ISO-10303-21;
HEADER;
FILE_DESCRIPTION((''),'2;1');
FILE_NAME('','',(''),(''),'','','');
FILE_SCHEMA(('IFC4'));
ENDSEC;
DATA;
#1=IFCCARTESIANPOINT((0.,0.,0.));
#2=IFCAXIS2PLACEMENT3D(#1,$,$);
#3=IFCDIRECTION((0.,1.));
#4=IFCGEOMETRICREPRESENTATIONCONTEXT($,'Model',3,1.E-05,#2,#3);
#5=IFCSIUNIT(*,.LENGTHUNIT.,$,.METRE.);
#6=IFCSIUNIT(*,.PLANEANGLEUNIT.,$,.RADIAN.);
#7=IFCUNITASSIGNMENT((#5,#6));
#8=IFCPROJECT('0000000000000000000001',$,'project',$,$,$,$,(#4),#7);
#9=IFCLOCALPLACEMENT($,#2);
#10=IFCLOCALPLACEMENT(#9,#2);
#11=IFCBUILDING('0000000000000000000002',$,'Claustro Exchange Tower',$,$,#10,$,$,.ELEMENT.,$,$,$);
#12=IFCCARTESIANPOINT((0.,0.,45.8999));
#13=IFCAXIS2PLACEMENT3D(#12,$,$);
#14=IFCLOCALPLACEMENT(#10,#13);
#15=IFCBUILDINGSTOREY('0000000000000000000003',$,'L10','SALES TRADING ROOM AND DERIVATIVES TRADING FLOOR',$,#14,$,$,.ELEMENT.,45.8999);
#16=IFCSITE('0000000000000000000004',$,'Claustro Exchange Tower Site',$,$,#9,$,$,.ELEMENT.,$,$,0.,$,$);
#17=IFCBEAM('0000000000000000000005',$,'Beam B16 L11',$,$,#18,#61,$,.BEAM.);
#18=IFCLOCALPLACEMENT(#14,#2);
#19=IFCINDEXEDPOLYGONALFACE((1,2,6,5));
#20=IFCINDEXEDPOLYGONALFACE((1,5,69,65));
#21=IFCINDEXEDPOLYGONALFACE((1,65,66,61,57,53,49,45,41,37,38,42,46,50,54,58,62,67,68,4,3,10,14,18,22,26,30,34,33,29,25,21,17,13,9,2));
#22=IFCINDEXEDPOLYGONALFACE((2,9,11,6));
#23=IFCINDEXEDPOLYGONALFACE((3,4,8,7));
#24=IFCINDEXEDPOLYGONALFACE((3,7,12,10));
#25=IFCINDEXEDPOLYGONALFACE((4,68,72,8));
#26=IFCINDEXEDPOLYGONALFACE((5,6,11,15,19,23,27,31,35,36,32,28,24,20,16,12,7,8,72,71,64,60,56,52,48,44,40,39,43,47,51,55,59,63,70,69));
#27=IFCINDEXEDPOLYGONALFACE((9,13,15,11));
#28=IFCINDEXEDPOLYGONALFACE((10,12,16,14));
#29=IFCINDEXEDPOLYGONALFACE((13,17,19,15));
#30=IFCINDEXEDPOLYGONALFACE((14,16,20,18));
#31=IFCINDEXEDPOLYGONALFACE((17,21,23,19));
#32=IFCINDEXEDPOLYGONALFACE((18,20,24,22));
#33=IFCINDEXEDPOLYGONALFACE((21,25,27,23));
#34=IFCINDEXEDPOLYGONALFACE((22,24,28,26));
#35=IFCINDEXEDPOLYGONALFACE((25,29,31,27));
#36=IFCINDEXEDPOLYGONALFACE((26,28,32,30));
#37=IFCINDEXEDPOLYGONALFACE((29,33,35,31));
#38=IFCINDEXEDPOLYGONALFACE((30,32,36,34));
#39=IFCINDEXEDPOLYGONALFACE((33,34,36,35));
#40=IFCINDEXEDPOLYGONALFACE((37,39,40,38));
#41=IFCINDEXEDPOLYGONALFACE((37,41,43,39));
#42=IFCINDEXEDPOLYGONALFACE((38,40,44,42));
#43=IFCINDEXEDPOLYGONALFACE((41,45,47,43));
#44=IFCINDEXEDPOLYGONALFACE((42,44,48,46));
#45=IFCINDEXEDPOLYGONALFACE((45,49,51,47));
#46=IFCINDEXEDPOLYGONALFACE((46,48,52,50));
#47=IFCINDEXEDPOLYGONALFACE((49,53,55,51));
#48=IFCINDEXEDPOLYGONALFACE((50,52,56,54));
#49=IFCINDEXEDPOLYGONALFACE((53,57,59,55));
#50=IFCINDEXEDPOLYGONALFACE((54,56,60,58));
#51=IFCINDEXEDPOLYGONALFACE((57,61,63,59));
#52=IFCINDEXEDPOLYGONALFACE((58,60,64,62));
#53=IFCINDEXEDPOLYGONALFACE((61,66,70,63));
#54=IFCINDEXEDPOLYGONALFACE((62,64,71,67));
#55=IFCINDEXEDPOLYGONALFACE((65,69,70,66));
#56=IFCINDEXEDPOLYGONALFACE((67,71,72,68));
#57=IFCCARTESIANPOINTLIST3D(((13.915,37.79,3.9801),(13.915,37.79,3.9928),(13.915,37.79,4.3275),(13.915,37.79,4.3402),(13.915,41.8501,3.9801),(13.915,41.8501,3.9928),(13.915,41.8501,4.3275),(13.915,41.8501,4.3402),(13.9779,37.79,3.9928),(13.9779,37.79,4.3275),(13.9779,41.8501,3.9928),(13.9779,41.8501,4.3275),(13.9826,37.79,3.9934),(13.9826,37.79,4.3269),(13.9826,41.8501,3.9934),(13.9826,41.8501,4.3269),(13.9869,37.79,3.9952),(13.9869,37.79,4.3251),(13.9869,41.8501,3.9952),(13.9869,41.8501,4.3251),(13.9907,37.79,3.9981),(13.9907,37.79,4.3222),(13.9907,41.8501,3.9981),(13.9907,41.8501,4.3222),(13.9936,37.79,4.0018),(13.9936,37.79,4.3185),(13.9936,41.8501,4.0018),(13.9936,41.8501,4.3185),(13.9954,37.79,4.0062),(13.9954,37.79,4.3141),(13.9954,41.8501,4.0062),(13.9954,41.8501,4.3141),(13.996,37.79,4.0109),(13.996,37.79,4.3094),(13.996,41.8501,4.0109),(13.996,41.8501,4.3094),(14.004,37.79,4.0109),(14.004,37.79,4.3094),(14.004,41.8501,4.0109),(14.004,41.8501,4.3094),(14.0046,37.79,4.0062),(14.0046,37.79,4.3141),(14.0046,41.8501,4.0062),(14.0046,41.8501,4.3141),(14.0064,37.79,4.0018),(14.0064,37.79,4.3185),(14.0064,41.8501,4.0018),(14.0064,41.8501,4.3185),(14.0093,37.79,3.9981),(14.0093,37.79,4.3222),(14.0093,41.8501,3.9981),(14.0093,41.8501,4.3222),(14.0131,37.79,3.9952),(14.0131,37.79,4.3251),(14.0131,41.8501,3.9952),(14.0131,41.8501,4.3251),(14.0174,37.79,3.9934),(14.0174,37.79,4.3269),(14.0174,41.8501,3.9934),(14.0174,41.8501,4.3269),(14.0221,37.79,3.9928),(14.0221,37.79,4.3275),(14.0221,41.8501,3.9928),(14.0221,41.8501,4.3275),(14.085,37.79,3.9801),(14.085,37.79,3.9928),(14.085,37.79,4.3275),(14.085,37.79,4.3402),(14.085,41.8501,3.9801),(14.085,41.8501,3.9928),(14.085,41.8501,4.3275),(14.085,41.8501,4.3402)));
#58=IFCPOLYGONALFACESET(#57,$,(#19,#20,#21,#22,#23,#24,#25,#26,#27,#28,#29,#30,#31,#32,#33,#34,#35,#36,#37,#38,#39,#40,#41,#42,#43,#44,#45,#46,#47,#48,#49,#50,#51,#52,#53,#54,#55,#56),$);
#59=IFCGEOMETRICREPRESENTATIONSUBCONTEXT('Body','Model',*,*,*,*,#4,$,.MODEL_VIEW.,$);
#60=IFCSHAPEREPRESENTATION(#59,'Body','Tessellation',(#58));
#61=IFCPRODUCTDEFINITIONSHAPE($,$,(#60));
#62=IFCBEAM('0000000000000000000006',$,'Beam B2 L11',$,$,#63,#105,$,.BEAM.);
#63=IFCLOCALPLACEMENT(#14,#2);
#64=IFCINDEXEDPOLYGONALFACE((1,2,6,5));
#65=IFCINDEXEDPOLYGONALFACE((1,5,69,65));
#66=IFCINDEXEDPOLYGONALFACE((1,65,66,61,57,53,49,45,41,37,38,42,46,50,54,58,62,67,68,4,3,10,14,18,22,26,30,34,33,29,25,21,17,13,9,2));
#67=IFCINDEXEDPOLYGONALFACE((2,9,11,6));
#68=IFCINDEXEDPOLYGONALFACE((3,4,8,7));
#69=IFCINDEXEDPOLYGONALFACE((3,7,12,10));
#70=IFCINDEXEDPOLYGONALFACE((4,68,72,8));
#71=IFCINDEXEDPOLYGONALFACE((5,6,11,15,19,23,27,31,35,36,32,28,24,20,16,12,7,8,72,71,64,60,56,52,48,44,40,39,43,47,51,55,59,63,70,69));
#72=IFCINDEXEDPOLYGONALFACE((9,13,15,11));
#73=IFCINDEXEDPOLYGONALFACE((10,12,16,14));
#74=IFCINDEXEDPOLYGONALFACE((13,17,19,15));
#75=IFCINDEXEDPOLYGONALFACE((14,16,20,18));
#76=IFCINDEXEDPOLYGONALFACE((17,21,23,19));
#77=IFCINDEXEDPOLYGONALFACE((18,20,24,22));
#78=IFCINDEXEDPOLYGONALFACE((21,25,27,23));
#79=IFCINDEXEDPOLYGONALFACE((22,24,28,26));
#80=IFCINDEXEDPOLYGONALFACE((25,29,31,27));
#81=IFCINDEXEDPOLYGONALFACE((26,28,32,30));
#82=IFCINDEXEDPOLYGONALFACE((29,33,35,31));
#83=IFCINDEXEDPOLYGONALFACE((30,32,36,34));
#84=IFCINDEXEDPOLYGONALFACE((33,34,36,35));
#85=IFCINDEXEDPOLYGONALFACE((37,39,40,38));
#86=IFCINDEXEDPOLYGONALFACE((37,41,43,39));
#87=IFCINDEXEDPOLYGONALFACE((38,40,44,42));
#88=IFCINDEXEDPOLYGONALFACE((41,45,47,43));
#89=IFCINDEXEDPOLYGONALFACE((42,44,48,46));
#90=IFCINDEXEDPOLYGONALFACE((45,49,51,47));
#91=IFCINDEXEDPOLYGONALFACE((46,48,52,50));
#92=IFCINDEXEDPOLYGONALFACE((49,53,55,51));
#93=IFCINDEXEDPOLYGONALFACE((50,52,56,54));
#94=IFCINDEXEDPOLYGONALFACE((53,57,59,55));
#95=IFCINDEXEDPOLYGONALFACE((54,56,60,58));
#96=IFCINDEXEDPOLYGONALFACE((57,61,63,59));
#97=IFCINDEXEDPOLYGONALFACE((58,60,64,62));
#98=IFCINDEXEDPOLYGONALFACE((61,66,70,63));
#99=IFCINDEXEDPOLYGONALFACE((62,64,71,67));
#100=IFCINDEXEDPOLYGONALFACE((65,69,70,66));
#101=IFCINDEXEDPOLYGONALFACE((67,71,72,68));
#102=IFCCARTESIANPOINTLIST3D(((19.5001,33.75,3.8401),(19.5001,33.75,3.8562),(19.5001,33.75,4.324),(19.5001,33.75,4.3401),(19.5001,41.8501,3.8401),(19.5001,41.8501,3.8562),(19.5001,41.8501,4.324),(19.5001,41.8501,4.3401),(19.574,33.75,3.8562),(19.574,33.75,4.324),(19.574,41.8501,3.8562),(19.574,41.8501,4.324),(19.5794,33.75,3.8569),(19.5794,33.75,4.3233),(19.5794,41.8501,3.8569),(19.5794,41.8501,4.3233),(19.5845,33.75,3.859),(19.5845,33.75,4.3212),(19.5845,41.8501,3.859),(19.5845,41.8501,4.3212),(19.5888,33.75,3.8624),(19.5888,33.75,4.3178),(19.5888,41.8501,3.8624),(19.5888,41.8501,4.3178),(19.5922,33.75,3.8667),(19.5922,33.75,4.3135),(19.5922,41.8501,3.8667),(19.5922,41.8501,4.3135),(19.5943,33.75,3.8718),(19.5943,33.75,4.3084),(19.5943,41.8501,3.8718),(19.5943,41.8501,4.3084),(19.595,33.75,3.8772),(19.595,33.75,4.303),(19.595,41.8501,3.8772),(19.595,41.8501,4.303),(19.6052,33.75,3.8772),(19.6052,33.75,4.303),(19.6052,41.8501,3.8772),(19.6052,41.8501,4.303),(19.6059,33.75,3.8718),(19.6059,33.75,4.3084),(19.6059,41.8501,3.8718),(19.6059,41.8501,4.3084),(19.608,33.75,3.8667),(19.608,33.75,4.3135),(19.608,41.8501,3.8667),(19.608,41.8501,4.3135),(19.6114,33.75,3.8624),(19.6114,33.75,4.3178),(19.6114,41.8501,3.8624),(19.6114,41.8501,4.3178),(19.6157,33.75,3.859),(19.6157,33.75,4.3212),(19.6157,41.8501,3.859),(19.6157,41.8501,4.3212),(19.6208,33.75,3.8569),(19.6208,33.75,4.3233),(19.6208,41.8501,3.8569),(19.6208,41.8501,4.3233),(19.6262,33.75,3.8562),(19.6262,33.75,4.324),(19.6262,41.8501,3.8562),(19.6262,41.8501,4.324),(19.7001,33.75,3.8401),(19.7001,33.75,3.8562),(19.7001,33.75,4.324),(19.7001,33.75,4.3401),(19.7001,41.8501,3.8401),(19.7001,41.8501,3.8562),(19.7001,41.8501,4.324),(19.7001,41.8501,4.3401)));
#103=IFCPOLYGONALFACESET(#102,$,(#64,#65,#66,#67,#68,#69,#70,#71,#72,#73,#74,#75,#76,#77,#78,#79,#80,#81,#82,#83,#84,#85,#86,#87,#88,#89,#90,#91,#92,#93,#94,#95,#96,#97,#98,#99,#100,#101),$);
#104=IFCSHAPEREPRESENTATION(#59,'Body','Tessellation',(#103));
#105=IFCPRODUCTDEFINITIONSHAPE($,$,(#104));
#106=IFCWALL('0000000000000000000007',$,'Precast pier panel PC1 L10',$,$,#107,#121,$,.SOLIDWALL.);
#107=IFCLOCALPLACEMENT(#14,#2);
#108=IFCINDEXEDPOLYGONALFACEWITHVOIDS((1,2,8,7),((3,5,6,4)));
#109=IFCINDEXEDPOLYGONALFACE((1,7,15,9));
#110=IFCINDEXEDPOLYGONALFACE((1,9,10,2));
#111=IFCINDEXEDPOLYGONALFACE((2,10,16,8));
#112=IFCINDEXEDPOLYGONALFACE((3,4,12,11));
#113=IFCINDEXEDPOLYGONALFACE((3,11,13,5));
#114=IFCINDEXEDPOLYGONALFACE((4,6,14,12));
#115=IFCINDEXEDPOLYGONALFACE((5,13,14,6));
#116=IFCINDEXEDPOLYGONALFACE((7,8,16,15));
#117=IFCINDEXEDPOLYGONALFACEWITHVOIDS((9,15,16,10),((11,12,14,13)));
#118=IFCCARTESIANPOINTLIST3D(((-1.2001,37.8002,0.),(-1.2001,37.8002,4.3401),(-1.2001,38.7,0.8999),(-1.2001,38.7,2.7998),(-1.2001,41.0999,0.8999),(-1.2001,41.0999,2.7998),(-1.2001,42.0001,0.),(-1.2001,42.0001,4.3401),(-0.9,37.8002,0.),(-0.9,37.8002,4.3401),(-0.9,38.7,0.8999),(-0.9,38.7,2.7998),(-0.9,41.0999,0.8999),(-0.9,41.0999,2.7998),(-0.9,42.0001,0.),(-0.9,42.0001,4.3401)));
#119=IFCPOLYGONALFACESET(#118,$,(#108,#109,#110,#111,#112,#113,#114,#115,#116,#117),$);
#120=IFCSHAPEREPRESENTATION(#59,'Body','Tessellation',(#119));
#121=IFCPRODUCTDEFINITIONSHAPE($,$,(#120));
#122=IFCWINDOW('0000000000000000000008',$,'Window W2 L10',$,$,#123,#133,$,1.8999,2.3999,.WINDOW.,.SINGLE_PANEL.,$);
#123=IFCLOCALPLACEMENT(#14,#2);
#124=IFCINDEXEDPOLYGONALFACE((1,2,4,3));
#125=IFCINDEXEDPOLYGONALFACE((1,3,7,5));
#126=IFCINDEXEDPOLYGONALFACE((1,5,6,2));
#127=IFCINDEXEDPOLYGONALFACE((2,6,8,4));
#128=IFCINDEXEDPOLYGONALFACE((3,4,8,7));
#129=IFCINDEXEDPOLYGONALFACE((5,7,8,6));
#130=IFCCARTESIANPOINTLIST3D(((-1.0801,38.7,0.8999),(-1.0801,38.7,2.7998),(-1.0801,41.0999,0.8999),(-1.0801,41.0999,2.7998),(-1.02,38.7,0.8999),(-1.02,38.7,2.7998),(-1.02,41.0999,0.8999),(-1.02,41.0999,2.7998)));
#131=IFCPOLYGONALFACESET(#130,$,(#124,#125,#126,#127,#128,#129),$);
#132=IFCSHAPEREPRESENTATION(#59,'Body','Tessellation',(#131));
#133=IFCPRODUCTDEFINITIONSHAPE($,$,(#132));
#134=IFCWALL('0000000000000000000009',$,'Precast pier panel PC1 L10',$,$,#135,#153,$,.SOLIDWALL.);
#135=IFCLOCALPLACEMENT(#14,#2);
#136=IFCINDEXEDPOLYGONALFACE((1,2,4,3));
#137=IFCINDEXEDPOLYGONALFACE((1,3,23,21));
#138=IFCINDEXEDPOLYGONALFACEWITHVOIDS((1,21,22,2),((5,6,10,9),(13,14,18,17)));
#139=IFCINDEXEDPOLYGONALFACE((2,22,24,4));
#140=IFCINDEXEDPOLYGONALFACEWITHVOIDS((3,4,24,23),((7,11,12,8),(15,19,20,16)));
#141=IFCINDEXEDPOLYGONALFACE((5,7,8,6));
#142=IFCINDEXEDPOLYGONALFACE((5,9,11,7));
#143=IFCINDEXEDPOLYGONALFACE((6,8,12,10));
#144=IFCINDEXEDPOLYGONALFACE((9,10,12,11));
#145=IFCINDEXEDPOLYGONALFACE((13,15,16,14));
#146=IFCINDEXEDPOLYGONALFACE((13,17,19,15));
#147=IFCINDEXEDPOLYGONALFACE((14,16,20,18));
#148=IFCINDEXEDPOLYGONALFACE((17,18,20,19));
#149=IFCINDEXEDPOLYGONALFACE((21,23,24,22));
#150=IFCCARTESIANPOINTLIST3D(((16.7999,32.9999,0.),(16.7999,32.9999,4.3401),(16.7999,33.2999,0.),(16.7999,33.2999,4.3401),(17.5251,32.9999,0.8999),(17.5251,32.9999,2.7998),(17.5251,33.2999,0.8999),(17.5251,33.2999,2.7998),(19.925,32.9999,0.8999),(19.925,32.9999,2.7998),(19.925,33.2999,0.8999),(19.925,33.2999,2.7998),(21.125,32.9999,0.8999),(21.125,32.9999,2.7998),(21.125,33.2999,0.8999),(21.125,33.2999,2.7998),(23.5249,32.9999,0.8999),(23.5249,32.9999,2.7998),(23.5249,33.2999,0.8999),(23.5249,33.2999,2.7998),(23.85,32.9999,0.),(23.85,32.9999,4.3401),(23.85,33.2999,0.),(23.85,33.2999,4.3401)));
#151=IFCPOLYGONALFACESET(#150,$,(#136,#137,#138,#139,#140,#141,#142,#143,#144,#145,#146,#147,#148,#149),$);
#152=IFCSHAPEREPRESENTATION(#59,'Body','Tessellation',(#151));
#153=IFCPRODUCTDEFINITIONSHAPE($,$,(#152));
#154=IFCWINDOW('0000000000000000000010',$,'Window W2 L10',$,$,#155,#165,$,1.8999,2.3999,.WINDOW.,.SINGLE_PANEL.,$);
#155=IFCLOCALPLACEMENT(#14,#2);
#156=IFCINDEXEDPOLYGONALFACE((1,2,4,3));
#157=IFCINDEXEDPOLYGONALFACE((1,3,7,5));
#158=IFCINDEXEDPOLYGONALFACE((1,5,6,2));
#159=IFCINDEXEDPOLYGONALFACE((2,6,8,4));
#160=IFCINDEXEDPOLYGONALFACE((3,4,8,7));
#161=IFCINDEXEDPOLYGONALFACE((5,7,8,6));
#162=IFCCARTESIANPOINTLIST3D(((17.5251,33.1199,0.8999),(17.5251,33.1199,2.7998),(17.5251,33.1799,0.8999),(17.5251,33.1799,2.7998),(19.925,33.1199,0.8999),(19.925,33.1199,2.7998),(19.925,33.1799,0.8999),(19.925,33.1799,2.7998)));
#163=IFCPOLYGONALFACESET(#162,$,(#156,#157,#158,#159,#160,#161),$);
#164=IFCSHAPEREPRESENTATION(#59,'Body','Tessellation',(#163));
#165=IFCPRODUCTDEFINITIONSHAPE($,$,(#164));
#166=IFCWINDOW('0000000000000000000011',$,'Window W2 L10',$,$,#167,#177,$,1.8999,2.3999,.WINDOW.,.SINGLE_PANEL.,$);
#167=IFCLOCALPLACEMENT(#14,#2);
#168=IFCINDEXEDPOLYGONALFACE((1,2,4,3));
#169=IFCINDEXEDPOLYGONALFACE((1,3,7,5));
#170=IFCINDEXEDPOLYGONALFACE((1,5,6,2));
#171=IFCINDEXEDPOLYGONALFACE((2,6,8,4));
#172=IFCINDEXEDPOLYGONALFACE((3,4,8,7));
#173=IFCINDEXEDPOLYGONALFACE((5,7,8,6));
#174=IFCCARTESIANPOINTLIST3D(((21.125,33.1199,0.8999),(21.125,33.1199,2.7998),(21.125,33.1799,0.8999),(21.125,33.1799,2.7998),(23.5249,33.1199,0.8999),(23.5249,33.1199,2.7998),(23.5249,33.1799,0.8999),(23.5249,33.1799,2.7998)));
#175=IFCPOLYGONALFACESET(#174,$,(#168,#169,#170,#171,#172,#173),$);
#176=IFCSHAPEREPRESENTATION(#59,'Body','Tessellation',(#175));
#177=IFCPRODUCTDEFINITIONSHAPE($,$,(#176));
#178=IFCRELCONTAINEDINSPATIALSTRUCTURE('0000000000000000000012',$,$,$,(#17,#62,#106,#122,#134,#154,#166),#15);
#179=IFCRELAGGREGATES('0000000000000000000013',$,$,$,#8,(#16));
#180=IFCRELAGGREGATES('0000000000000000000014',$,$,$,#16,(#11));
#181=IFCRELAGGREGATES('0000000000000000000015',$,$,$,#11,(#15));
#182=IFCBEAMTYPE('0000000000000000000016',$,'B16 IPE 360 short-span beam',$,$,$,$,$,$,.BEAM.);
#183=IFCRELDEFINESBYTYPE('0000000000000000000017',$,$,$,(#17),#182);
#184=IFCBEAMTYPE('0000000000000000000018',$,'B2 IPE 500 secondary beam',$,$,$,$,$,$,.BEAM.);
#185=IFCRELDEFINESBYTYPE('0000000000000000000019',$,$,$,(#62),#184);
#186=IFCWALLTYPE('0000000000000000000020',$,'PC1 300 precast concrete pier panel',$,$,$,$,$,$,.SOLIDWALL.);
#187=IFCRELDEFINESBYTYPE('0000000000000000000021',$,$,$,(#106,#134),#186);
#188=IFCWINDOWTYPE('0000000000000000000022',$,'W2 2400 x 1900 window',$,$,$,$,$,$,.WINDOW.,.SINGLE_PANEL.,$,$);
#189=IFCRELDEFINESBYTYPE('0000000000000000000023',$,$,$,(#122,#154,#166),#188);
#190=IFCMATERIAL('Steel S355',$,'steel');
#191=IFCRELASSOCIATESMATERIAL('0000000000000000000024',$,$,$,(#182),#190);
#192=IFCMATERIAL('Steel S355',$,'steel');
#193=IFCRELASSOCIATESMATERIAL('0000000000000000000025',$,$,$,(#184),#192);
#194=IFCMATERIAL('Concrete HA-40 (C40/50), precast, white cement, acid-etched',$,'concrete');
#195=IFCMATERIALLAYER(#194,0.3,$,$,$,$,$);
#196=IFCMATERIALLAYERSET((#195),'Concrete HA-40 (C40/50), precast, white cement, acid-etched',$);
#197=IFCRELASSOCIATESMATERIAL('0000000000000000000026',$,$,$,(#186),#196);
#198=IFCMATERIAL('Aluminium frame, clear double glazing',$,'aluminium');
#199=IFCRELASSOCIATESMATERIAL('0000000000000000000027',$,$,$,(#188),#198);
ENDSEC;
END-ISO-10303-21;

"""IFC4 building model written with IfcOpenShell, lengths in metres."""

from ifc_helpers import new_model, si_unit, direction, frame, frame_2d, origin, origin_2d, place, context, subcontext, project, spatial, rectangle, i_section, extrude, material, layer, layer_set, material_profile, profile_set, type_object, element, fill, save


model = new_model("IFC4")

# Units and contexts
model_context = context("Model", 3, precision=1e-05, world=origin(), true_north=direction((0.0, 1.0)))
body_context = subcontext(model_context, "Body", "Model", "MODEL_VIEW")
ifc_project = project(units=[si_unit("LENGTHUNIT", "METRE"), si_unit("PLANEANGLEUNIT", "RADIAN")], contexts=[model_context])

# Site, building, storey
site_placement = place(None, origin())
site = spatial("IfcSite", under=ifc_project, at=site_placement, Name="Claustro Exchange Tower Site", CompositionType="ELEMENT", RefElevation=0.0)
building_placement = place(site_placement, origin())
building = spatial("IfcBuilding", under=site, at=building_placement, Name="Claustro Exchange Tower", CompositionType="ELEMENT")
storey_placement = place(building_placement, frame((0.0, 0.0, 45.8999)))
storey = spatial("IfcBuildingStorey", under=building, at=storey_placement, Name="L10", Description="SALES TRADING ROOM AND DERIVATIVES TRADING FLOOR", CompositionType="ELEMENT", Elevation=45.8999)

# Beams
ifc_material_1 = material(Name="Steel S355", Category="steel")
ifc_material_profile_1 = material_profile(ifc_material_1, i_section(OverallWidth=0.1699, OverallDepth=0.3601, WebThickness=0.0081, FlangeThickness=0.0127, FilletRadius=0.0181, at=origin_2d()), Name="IPE 360")
ifc_profile_set_1 = profile_set([ifc_material_profile_1], Name="Steel S355")
beam_type_1 = type_object("IfcBeamType", Name="B16 IPE 360 short-span beam", PredefinedType="BEAM", material=ifc_profile_set_1)
for number, where, z_axis, x_axis, name in (
    (1, (14.0, 37.79, 4.1602), (0.0, 1.0, 0.0), (-1.0, 0.0, 0.0), "Beam B16 L11"),
):
    element("IfcBeam", number, at=place(storey_placement, frame(where, z_axis=z_axis, x_axis=x_axis)), inside=storey, type_object=beam_type_1, Name=name, PredefinedType="BEAM", context=body_context, shape_type="SweptSolid", body=[
        extrude(i_section(OverallWidth=0.1699, OverallDepth=0.3601, WebThickness=0.0081, FlangeThickness=0.0127, FilletRadius=0.0181, at=origin_2d()), origin(), (0.0, 0.0, 1.0), 4.0601),
    ])
ifc_material_2 = material(Name="Steel S355", Category="steel")
ifc_material_profile_2 = material_profile(ifc_material_2, i_section(OverallWidth=0.2, OverallDepth=0.5, WebThickness=0.0103, FlangeThickness=0.0161, FilletRadius=0.021, at=origin_2d()), Name="IPE 500")
ifc_profile_set_2 = profile_set([ifc_material_profile_2], Name="Steel S355")
beam_type_2 = type_object("IfcBeamType", Name="B2 IPE 500 secondary beam", PredefinedType="BEAM", material=ifc_profile_set_2)
beam_1_placement = place(storey_placement, frame((19.6001, 33.75, 4.0901), z_axis=(0.0, 1.0, 0.0), x_axis=(-1.0, 0.0, 0.0)))
element("IfcBeam", 2, at=beam_1_placement, inside=storey, type_object=beam_type_2, Name="Beam B2 L11", PredefinedType="BEAM", context=body_context, shape_type="SweptSolid", body=[
    extrude(i_section(OverallWidth=0.2, OverallDepth=0.5, WebThickness=0.0103, FlangeThickness=0.0161, FilletRadius=0.021, at=origin_2d()), origin(), (0.0, 0.0, 1.0), 8.1001),
])

# Wall, opening, window
ifc_material_3 = material(Name="Concrete HA-40 (C40/50), precast, white cement, acid-etched", Category="concrete")
ifc_layer_1 = layer(ifc_material_3, 0.3)
ifc_layer_set_1 = layer_set([ifc_layer_1], Name="Concrete HA-40 (C40/50), precast, white cement, acid-etched")
wall_type_1 = type_object("IfcWallType", Name="PC1 300 precast concrete pier panel", PredefinedType="SOLIDWALL", material=ifc_layer_set_1)
wall_1_placement = place(storey_placement, frame((-1.05, 37.8, 0.0), z_axis=(0.0, 0.0, 1.0), x_axis=(0.0, 1.0, 0.0)))
wall_1 = element("IfcWall", 3, at=wall_1_placement, inside=storey, type_object=wall_type_1, Name="Precast pier panel PC1 L10", PredefinedType="SOLIDWALL", context=body_context, shape_type="SweptSolid", body=[
    extrude(rectangle(XDim=4.2, YDim=0.3, at=frame_2d((2.1001, 0.0))), origin(), (0.0, 0.0, 1.0), 4.3401),
])
opening_1_placement = place(wall_1_placement, frame((0.8999, 0.0, 0.8999)))
opening_1 = element("IfcOpeningElement", 4, at=opening_1_placement, cuts=wall_1, PredefinedType="OPENING", context=body_context, shape_type="SweptSolid", body=[
    extrude(rectangle(XDim=2.3999, YDim=1.8999, at=frame_2d((1.2, 0.95))), frame((0.0, 0.1599, 0.0), z_axis=(0.0, -1.0, 0.0), x_axis=(1.0, 0.0, 0.0)), (0.0, 0.0, 1.0), 0.3201),
])
ifc_material_4 = material(Name="Aluminium frame, clear double glazing", Category="aluminium")
window_type = type_object("IfcWindowType", Name="W2 2400 x 1900 window", PartitioningType="SINGLE_PANEL", PredefinedType="WINDOW", material=ifc_material_4)
window_1_placement = place(opening_1_placement, origin())
window_1 = element("IfcWindow", 5, at=window_1_placement, inside=storey, type_object=window_type, Name="Window W2 L10", OverallHeight=1.8999, OverallWidth=2.3999, PartitioningType="SINGLE_PANEL", PredefinedType="WINDOW", context=body_context, shape_type="SweptSolid", body=[
    extrude(rectangle(XDim=2.3999, YDim=1.8999, at=frame_2d((1.2, 0.95))), frame((0.0, 0.03, 0.0), z_axis=(0.0, -1.0, 0.0), x_axis=(1.0, 0.0, 0.0)), (0.0, 0.0, 1.0), 0.0601),
])
fill(opening_1, window_1)

# Wall, openings, windows
wall_2_placement = place(storey_placement, frame((16.8, 33.1499, 0.0), z_axis=(0.0, 0.0, 1.0), x_axis=(1.0, 0.0, 0.0)))
wall_2 = element("IfcWall", 6, at=wall_2_placement, inside=storey, type_object=wall_type_1, Name="Precast pier panel PC1 L10", PredefinedType="SOLIDWALL", context=body_context, shape_type="SweptSolid", body=[
    extrude(rectangle(XDim=7.05, YDim=0.3, at=frame_2d((3.5249, 0.0))), origin(), (0.0, 0.0, 1.0), 4.3401),
])
opening_2_placement = place(wall_2_placement, frame((0.7251, 0.0, 0.8999)))
opening_2 = element("IfcOpeningElement", 7, at=opening_2_placement, cuts=wall_2, PredefinedType="OPENING", context=body_context, shape_type="SweptSolid", body=[
    extrude(rectangle(XDim=2.3999, YDim=1.8999, at=frame_2d((1.2, 0.95))), frame((0.0, 0.1599, 0.0), z_axis=(0.0, -1.0, 0.0), x_axis=(1.0, 0.0, 0.0)), (0.0, 0.0, 1.0), 0.3201),
])
opening_3_placement = place(wall_2_placement, frame((4.325, 0.0, 0.8999)))
opening_3 = element("IfcOpeningElement", 8, at=opening_3_placement, cuts=wall_2, PredefinedType="OPENING", context=body_context, shape_type="SweptSolid", body=[
    extrude(rectangle(XDim=2.3999, YDim=1.8999, at=frame_2d((1.2, 0.95))), frame((0.0, 0.1599, 0.0), z_axis=(0.0, -1.0, 0.0), x_axis=(1.0, 0.0, 0.0)), (0.0, 0.0, 1.0), 0.3201),
])
window_2_placement = place(opening_2_placement, origin())
window_2 = element("IfcWindow", 9, at=window_2_placement, inside=storey, type_object=window_type, Name="Window W2 L10", OverallHeight=1.8999, OverallWidth=2.3999, PartitioningType="SINGLE_PANEL", PredefinedType="WINDOW", context=body_context, shape_type="SweptSolid", body=[
    extrude(rectangle(XDim=2.3999, YDim=1.8999, at=frame_2d((1.2, 0.95))), frame((0.0, 0.03, 0.0), z_axis=(0.0, -1.0, 0.0), x_axis=(1.0, 0.0, 0.0)), (0.0, 0.0, 1.0), 0.0601),
])
fill(opening_2, window_2)
window_3_placement = place(opening_3_placement, origin())
window_3 = element("IfcWindow", 10, at=window_3_placement, inside=storey, type_object=window_type, Name="Window W2 L10", OverallHeight=1.8999, OverallWidth=2.3999, PartitioningType="SINGLE_PANEL", PredefinedType="WINDOW", context=body_context, shape_type="SweptSolid", body=[
    extrude(rectangle(XDim=2.3999, YDim=1.8999, at=frame_2d((1.2, 0.95))), frame((0.0, 0.03, 0.0), z_axis=(0.0, -1.0, 0.0), x_axis=(1.0, 0.0, 0.0)), (0.0, 0.0, 1.0), 0.0601),
])
fill(opening_3, window_3)

save(model, "model.ifc")
